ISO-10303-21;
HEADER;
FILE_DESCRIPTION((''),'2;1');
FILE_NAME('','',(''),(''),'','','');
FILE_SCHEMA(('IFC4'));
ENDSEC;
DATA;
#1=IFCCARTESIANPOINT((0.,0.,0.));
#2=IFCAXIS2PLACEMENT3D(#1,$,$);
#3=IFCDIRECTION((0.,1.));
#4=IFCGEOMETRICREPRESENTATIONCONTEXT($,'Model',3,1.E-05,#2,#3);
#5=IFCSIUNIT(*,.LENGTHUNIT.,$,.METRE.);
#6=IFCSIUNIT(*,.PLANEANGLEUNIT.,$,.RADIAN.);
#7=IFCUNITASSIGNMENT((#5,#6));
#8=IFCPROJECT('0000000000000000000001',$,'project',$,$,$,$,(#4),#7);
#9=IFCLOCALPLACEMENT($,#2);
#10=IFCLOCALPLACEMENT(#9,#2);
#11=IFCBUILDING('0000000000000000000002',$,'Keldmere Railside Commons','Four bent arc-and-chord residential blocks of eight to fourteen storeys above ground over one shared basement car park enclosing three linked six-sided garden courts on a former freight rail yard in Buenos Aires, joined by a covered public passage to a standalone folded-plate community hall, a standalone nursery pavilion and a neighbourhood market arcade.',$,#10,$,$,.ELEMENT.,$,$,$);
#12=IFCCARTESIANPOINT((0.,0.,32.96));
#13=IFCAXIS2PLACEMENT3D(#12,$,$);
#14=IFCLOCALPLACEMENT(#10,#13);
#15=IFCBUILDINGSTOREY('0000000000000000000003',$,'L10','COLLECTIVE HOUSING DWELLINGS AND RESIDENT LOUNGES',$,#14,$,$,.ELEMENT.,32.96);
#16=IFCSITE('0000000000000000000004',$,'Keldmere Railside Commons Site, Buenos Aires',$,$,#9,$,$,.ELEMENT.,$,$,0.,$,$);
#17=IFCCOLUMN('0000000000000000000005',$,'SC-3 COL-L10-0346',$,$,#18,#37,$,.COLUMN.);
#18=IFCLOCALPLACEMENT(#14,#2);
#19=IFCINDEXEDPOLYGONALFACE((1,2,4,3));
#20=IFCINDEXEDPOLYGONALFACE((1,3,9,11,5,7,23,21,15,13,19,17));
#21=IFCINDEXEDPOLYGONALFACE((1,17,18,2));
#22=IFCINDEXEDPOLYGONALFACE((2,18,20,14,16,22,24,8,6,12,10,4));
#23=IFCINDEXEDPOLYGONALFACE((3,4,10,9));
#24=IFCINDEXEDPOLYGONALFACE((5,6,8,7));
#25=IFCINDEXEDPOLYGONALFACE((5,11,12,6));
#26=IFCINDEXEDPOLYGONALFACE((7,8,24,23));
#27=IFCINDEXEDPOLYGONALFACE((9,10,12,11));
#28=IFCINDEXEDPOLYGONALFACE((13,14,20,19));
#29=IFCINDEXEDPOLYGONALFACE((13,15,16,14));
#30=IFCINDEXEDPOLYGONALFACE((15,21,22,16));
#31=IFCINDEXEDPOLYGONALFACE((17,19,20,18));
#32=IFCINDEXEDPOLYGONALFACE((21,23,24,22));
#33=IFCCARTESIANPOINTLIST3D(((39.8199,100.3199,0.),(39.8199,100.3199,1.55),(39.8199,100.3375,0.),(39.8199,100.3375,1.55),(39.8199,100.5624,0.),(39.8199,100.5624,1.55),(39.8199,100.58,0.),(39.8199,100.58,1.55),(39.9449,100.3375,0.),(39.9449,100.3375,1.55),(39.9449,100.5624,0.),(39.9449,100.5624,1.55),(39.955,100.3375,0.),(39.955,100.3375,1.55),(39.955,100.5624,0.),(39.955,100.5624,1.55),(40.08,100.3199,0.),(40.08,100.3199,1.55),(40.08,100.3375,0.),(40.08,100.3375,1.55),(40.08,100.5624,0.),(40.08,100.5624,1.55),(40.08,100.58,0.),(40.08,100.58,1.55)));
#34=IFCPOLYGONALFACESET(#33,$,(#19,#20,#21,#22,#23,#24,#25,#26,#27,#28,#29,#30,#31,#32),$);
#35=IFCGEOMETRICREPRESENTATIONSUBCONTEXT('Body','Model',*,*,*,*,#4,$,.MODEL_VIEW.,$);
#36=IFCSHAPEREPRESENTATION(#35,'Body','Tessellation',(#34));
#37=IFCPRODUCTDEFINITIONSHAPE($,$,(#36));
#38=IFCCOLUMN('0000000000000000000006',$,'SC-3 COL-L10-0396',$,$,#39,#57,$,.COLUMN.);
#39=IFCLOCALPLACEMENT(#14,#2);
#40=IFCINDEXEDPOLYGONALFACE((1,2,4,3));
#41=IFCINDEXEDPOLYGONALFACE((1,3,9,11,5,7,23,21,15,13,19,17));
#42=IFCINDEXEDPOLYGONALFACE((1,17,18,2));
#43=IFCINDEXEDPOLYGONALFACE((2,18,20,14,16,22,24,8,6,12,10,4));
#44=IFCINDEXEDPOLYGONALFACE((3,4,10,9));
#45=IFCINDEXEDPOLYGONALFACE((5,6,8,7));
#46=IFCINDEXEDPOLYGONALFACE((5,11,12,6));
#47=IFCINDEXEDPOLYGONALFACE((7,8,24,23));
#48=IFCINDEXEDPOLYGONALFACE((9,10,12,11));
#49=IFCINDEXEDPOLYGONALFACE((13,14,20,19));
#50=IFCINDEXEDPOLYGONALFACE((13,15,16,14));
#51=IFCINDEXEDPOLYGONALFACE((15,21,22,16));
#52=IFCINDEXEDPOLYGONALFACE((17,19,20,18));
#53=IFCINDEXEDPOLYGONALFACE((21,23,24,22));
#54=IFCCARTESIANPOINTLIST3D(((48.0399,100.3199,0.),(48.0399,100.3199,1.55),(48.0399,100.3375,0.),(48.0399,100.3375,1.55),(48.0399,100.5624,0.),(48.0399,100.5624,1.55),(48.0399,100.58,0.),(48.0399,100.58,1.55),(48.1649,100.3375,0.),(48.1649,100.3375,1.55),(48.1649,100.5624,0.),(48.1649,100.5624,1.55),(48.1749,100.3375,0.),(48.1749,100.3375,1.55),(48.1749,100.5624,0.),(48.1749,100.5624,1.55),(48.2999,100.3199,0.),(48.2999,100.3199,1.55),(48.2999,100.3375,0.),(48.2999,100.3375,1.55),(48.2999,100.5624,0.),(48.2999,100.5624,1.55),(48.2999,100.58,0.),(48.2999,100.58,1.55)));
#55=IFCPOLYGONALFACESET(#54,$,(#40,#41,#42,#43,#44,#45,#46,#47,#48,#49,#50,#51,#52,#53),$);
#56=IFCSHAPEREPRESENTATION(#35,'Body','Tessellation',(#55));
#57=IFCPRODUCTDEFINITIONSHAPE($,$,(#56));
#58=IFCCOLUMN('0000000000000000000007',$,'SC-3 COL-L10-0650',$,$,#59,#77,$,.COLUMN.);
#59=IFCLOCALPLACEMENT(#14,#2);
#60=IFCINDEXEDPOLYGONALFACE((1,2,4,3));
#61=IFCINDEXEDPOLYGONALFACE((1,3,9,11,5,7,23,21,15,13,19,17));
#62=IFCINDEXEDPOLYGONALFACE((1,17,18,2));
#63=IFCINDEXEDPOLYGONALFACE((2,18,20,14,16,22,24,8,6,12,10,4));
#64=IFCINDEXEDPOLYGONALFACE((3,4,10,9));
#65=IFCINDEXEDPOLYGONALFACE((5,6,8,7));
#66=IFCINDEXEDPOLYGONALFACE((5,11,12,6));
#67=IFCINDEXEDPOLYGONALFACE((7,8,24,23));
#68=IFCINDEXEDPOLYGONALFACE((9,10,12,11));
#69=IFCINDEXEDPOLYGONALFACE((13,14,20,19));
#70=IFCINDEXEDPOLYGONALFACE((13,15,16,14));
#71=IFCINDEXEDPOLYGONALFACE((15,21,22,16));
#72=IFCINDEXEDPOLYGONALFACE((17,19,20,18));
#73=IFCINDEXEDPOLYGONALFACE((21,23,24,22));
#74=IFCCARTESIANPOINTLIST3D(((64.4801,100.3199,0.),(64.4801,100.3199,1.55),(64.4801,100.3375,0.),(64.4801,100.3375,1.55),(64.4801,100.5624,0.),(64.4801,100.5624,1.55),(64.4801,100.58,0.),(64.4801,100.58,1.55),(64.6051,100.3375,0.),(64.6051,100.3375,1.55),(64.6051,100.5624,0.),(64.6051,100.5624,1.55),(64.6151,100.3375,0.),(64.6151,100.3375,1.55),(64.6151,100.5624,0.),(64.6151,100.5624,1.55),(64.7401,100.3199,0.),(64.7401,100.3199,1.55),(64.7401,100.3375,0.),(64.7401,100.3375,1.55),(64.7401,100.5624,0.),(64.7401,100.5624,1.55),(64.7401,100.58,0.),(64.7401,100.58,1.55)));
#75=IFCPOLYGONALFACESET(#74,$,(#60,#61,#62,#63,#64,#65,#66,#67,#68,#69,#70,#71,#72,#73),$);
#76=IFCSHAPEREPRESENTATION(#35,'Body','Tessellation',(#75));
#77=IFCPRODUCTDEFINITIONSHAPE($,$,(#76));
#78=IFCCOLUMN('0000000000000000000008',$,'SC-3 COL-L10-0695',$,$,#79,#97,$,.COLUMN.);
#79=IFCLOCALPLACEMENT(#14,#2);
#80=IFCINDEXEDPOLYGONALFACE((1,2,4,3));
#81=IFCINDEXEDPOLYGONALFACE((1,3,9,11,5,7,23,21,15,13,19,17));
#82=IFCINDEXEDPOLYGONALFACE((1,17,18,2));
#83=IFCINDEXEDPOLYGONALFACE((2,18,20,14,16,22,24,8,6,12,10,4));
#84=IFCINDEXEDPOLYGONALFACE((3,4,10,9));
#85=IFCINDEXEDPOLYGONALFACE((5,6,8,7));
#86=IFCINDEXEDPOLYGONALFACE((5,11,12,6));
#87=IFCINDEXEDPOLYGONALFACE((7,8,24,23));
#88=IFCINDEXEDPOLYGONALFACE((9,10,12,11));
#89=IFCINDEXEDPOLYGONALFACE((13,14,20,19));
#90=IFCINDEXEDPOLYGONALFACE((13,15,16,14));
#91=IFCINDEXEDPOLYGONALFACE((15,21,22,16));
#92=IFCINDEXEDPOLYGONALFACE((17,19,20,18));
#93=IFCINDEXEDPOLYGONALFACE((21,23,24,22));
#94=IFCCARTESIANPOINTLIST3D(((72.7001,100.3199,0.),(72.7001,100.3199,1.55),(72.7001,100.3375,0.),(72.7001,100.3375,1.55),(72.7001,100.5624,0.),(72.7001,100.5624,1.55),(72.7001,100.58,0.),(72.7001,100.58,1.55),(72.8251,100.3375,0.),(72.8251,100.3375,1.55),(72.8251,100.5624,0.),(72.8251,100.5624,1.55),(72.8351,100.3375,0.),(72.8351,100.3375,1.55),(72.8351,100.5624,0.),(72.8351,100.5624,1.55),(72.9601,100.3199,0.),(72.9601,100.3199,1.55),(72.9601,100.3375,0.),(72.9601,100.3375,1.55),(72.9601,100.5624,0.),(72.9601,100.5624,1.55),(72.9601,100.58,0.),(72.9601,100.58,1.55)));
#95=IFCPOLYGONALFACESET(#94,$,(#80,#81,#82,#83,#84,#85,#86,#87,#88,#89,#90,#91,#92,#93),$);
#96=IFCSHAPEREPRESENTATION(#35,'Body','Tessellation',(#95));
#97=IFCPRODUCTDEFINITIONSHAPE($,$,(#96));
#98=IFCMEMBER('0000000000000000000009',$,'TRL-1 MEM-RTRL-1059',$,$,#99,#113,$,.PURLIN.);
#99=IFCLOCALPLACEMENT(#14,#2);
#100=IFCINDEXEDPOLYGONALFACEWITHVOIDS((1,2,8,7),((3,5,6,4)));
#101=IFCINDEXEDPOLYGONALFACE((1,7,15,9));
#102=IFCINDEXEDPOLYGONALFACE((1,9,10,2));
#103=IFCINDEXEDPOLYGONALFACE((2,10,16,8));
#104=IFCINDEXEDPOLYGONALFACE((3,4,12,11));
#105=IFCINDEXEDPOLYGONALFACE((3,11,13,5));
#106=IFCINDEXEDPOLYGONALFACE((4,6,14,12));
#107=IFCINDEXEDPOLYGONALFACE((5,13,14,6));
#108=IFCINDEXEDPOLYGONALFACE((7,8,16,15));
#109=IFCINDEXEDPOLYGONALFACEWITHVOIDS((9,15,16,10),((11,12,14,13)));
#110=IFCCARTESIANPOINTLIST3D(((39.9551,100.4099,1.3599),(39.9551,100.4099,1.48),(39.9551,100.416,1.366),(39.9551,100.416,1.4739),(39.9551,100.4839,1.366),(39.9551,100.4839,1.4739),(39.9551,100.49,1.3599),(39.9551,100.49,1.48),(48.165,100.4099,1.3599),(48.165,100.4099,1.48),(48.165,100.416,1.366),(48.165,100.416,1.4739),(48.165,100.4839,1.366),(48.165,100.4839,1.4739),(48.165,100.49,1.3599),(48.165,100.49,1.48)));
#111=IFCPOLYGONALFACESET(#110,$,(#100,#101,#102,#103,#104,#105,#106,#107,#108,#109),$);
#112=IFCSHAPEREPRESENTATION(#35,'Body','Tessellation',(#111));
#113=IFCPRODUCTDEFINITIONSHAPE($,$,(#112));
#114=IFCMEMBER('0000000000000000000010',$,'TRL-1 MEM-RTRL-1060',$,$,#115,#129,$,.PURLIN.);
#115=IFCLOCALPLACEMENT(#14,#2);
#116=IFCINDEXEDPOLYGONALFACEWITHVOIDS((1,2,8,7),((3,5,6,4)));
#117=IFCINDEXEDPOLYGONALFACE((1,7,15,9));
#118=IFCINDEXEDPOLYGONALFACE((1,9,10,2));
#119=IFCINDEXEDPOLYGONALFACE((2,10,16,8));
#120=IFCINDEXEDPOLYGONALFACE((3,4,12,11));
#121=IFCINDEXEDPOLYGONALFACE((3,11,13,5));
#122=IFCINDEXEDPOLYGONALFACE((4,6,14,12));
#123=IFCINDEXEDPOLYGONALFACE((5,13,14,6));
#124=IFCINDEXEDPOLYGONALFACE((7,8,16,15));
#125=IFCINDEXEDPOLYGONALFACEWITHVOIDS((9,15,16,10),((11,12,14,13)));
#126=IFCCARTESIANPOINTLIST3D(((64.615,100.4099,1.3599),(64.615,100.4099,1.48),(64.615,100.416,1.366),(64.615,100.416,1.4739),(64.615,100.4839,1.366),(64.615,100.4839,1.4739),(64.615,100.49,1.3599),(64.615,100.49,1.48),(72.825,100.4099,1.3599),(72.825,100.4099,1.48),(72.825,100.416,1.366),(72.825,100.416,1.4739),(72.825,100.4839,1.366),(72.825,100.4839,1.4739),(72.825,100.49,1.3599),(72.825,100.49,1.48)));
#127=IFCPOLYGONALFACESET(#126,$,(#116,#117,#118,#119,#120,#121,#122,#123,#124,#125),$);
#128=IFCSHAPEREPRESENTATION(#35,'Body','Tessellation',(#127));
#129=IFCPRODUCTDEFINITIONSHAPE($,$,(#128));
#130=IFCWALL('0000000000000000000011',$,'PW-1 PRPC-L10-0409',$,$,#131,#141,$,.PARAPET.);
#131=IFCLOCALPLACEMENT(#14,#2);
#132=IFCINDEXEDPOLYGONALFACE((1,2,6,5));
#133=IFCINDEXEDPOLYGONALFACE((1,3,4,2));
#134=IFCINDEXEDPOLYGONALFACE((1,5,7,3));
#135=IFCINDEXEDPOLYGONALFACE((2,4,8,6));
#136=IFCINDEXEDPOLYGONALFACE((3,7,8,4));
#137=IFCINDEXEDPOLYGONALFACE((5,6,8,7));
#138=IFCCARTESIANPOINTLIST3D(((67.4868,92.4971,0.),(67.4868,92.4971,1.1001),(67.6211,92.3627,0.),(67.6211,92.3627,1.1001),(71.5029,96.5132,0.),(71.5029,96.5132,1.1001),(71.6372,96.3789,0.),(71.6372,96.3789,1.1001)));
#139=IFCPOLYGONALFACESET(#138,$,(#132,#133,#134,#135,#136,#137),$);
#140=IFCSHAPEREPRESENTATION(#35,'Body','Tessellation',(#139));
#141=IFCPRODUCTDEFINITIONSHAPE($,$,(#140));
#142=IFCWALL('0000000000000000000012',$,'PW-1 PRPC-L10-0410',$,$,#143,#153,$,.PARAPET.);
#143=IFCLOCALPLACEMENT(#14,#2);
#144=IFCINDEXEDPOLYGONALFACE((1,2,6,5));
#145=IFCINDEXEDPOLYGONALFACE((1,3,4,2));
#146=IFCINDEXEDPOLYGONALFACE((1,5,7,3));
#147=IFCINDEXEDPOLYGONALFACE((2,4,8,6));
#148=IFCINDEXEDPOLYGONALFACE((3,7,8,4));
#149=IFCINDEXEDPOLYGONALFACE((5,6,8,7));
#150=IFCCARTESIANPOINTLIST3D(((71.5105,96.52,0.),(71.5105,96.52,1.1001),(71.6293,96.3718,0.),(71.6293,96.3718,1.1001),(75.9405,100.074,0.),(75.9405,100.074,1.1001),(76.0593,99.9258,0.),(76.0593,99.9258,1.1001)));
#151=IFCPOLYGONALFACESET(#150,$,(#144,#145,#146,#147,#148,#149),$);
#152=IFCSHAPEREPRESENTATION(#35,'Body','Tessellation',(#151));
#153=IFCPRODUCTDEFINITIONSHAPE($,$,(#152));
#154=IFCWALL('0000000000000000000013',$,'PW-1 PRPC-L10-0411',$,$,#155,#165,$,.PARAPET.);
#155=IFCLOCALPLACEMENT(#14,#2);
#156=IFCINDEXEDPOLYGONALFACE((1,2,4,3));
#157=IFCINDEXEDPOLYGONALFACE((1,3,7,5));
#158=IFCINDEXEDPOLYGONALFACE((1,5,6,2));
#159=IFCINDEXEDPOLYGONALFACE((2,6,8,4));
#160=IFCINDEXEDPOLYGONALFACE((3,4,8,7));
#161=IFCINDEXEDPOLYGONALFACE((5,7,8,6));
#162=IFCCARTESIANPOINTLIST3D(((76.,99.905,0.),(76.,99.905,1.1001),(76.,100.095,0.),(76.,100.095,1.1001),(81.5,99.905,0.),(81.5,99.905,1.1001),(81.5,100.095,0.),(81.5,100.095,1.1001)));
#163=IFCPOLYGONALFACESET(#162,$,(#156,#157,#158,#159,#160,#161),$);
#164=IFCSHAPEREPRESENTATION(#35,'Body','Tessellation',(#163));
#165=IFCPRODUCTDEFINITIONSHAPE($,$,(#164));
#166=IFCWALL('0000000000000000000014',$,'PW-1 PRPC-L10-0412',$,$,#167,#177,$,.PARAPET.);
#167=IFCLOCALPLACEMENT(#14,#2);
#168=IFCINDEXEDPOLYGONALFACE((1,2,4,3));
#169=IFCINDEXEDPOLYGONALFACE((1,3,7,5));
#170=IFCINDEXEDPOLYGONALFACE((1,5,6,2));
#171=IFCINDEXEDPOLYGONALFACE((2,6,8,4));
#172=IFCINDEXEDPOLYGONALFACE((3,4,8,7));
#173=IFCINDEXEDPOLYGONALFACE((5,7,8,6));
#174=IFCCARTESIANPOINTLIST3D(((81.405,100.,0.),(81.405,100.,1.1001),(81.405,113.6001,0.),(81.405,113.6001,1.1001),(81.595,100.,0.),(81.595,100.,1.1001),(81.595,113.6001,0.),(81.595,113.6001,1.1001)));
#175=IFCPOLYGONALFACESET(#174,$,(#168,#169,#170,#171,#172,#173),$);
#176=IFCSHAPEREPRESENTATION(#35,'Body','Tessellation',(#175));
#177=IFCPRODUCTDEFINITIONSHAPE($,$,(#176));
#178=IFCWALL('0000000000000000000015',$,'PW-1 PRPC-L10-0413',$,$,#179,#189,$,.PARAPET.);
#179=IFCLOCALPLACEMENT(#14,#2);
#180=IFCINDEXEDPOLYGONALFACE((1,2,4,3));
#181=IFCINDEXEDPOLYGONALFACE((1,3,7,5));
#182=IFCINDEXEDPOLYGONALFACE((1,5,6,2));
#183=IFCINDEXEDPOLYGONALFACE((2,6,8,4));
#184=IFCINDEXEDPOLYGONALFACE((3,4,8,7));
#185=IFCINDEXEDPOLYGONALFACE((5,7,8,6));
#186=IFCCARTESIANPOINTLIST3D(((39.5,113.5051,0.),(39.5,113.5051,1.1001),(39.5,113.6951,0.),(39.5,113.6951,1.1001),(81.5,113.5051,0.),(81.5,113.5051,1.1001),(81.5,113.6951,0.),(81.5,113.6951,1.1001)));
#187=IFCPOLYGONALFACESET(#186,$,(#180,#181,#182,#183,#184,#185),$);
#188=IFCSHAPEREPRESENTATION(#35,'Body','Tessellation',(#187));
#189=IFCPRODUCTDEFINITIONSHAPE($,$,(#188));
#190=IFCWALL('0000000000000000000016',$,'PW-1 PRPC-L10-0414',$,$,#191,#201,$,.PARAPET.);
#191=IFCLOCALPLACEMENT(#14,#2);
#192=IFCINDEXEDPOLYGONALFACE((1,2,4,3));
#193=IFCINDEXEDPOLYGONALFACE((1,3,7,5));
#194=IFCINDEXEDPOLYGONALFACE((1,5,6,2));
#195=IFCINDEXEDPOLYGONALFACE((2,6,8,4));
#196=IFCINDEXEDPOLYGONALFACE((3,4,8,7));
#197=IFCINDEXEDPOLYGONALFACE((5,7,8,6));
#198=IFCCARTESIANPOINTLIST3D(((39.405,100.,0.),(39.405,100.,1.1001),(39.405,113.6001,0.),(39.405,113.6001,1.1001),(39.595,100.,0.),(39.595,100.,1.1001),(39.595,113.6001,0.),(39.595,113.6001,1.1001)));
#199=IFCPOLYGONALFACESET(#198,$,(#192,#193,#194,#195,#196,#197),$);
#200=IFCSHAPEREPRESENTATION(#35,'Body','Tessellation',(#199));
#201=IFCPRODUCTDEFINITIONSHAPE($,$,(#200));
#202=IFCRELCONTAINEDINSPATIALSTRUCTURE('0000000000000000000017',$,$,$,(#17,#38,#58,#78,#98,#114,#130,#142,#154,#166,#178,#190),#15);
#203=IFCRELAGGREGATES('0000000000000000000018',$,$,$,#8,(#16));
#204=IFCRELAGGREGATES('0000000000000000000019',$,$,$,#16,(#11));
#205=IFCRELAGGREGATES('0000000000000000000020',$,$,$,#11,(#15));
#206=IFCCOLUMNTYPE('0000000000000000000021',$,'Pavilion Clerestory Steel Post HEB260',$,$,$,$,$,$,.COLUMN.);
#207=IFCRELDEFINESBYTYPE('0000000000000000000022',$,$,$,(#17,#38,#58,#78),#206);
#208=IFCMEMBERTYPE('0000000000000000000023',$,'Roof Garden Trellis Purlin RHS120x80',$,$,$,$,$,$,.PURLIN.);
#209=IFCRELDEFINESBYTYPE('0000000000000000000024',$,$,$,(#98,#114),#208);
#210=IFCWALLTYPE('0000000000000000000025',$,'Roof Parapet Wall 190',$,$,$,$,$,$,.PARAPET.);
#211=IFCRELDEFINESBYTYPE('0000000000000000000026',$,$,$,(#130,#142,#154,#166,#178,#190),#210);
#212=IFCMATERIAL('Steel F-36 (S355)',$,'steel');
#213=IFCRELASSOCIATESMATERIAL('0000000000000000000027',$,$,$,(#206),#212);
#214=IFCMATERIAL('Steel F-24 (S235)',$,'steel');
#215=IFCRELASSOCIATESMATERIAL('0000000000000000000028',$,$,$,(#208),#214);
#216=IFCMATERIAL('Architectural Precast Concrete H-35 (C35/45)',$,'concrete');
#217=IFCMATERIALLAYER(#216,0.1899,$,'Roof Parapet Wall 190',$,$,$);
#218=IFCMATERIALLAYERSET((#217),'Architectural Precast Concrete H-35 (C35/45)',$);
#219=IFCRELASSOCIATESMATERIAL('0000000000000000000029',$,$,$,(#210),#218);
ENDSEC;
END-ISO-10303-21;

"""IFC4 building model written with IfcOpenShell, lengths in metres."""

from ifc_helpers import new_model, si_unit, direction, frame, frame_2d, origin, origin_2d, place, context, subcontext, project, spatial, rectangle, hollow_rectangle, i_section, extrude, material, layer, layer_set, material_profile, profile_set, type_object, element, save


model = new_model("IFC4")

# Units and contexts
model_context = context("Model", 3, precision=1e-05, world=origin(), true_north=direction((0.0, 1.0)))
body_context = subcontext(model_context, "Body", "Model", "MODEL_VIEW")
ifc_project = project(units=[si_unit("LENGTHUNIT", "METRE"), si_unit("PLANEANGLEUNIT", "RADIAN")], contexts=[model_context])

# Site, building, storey
site_placement = place(None, origin())
site = spatial("IfcSite", under=ifc_project, at=site_placement, Name="Keldmere Railside Commons Site, Buenos Aires", CompositionType="ELEMENT", RefElevation=0.0)
building_placement = place(site_placement, origin())
building = spatial("IfcBuilding", under=site, at=building_placement, Name="Keldmere Railside Commons", Description="Four bent arc-and-chord residential blocks of eight to fourteen storeys above ground over one shared basement car park enclosing three linked six-sided garden courts on a former freight rail yard in Buenos Aires, joined by a covered public passage to a standalone folded-plate community hall, a standalone nursery pavilion and a neighbourhood market arcade.", CompositionType="ELEMENT")
storey_placement = place(building_placement, frame((0.0, 0.0, 32.96)))
storey = spatial("IfcBuildingStorey", under=building, at=storey_placement, Name="L10", Description="COLLECTIVE HOUSING DWELLINGS AND RESIDENT LOUNGES", CompositionType="ELEMENT", Elevation=32.96)

# Columns
ifc_material_1 = material(Name="Steel F-36 (S355)", Category="steel")
ifc_material_profile_1 = material_profile(ifc_material_1, i_section(OverallWidth=0.26, OverallDepth=0.26, WebThickness=0.01, FlangeThickness=0.0176, at=origin_2d()), Name="HEB-260")
ifc_profile_set_1 = profile_set([ifc_material_profile_1], Name="Steel F-36 (S355)")
column_type = type_object("IfcColumnType", Name="Pavilion Clerestory Steel Post HEB260", PredefinedType="COLUMN", material=ifc_profile_set_1)
for number, where, z_axis, x_axis, name in (
    (1, (39.95, 100.45, 0.0), (0.0, 0.0, 1.0), (1.0, 0.0, 0.0), "SC-3 COL-L10-0346"),
    (2, (48.1699, 100.45, 0.0), (0.0, 0.0, 1.0), (1.0, 0.0, 0.0), "SC-3 COL-L10-0396"),
    (3, (64.6101, 100.45, 0.0), (0.0, 0.0, 1.0), (1.0, 0.0, 0.0), "SC-3 COL-L10-0650"),
    (4, (72.8301, 100.45, 0.0), (0.0, 0.0, 1.0), (1.0, 0.0, 0.0), "SC-3 COL-L10-0695"),
):
    element("IfcColumn", number, at=place(storey_placement, frame(where, z_axis=z_axis, x_axis=x_axis)), inside=storey, type_object=column_type, Name=name, PredefinedType="COLUMN", context=body_context, shape_type="SweptSolid", body=[
        extrude(i_section(OverallWidth=0.26, OverallDepth=0.26, WebThickness=0.01, FlangeThickness=0.0176, at=origin_2d()), origin(), (0.0, 0.0, 1.0), 1.55),
    ])

# Members
ifc_material_2 = material(Name="Steel F-24 (S235)", Category="steel")
ifc_material_profile_2 = material_profile(ifc_material_2, hollow_rectangle(XDim=0.0801, YDim=0.1201, WallThickness=0.0061, at=origin_2d()), Name="RHS-120x80x6")
ifc_profile_set_2 = profile_set([ifc_material_profile_2], Name="Steel F-24 (S235)")
member_type = type_object("IfcMemberType", Name="Roof Garden Trellis Purlin RHS120x80", PredefinedType="PURLIN", material=ifc_profile_set_2)
for number, where, z_axis, x_axis, name in (
    (5, (39.9551, 100.45, 1.4199), (1.0, 0.0, 0.0), (0.0, 1.0, 0.0), "TRL-1 MEM-RTRL-1059"),
    (6, (64.615, 100.45, 1.4199), (1.0, 0.0, 0.0), (0.0, 1.0, 0.0), "TRL-1 MEM-RTRL-1060"),
):
    element("IfcMember", number, at=place(storey_placement, frame(where, z_axis=z_axis, x_axis=x_axis)), inside=storey, type_object=member_type, Name=name, PredefinedType="PURLIN", context=body_context, shape_type="SweptSolid", body=[
        extrude(hollow_rectangle(XDim=0.0801, YDim=0.1201, WallThickness=0.0061, at=origin_2d()), origin(), (0.0, 0.0, 1.0), 8.21),
    ])

# Walls
ifc_material_3 = material(Name="Architectural Precast Concrete H-35 (C35/45)", Category="concrete")
ifc_layer = layer(ifc_material_3, 0.1899, Name="Roof Parapet Wall 190")
ifc_layer_set = layer_set([ifc_layer], Name="Architectural Precast Concrete H-35 (C35/45)")
wall_type = type_object("IfcWallType", Name="Roof Parapet Wall 190", PredefinedType="PARAPET", material=ifc_layer_set)
wall_1_placement = place(storey_placement, frame((71.5701, 96.446, 0.0), z_axis=(0.0, 0.0, 1.0), x_axis=(-0.707107, -0.707107, 0.0)))
element("IfcWall", 7, at=wall_1_placement, inside=storey, type_object=wall_type, Name="PW-1 PRPC-L10-0409", PredefinedType="PARAPET", context=body_context, shape_type="SweptSolid", body=[
    extrude(rectangle(XDim=5.6797, YDim=0.1899, at=frame_2d((2.8398, 0.0))), origin(), (0.0, 0.0, 1.0), 1.1001),
])
wall_2_placement = place(storey_placement, frame((76.0, 100.0, 0.0), z_axis=(0.0, 0.0, 1.0), x_axis=(-0.780008, -0.625769, 0.0)))
element("IfcWall", 8, at=wall_2_placement, inside=storey, type_object=wall_type, Name="PW-1 PRPC-L10-0410", PredefinedType="PARAPET", context=body_context, shape_type="SweptSolid", body=[
    extrude(rectangle(XDim=5.6794, YDim=0.1899, at=frame_2d((2.8398, 0.0))), origin(), (0.0, 0.0, 1.0), 1.1001),
])
wall_3_placement = place(storey_placement, frame((81.5, 100.0, 0.0), z_axis=(0.0, 0.0, 1.0), x_axis=(-1.0, 0.0, 0.0)))
element("IfcWall", 9, at=wall_3_placement, inside=storey, type_object=wall_type, Name="PW-1 PRPC-L10-0411", PredefinedType="PARAPET", context=body_context, shape_type="SweptSolid", body=[
    extrude(rectangle(XDim=5.5, YDim=0.1899, at=frame_2d((2.75, 0.0))), origin(), (0.0, 0.0, 1.0), 1.1001),
])
wall_4_placement = place(storey_placement, frame((81.5, 113.6001, 0.0), z_axis=(0.0, 0.0, 1.0), x_axis=(0.0, -1.0, 0.0)))
element("IfcWall", 10, at=wall_4_placement, inside=storey, type_object=wall_type, Name="PW-1 PRPC-L10-0412", PredefinedType="PARAPET", context=body_context, shape_type="SweptSolid", body=[
    extrude(rectangle(XDim=13.6001, YDim=0.1899, at=frame_2d((6.8, 0.0))), origin(), (0.0, 0.0, 1.0), 1.1001),
])
wall_5_placement = place(storey_placement, frame((39.5, 113.6001, 0.0), z_axis=(0.0, 0.0, 1.0), x_axis=(1.0, 0.0, 0.0)))
element("IfcWall", 11, at=wall_5_placement, inside=storey, type_object=wall_type, Name="PW-1 PRPC-L10-0413", PredefinedType="PARAPET", context=body_context, shape_type="SweptSolid", body=[
    extrude(rectangle(XDim=42.0, YDim=0.1899, at=frame_2d((21.0, 0.0))), origin(), (0.0, 0.0, 1.0), 1.1001),
])
wall_6_placement = place(storey_placement, frame((39.5, 100.0, 0.0), z_axis=(0.0, 0.0, 1.0), x_axis=(0.0, 1.0, 0.0)))
element("IfcWall", 12, at=wall_6_placement, inside=storey, type_object=wall_type, Name="PW-1 PRPC-L10-0414", PredefinedType="PARAPET", context=body_context, shape_type="SweptSolid", body=[
    extrude(rectangle(XDim=13.6001, YDim=0.1899, at=frame_2d((6.8, 0.0))), origin(), (0.0, 0.0, 1.0), 1.1001),
])

save(model, "model.ifc")
